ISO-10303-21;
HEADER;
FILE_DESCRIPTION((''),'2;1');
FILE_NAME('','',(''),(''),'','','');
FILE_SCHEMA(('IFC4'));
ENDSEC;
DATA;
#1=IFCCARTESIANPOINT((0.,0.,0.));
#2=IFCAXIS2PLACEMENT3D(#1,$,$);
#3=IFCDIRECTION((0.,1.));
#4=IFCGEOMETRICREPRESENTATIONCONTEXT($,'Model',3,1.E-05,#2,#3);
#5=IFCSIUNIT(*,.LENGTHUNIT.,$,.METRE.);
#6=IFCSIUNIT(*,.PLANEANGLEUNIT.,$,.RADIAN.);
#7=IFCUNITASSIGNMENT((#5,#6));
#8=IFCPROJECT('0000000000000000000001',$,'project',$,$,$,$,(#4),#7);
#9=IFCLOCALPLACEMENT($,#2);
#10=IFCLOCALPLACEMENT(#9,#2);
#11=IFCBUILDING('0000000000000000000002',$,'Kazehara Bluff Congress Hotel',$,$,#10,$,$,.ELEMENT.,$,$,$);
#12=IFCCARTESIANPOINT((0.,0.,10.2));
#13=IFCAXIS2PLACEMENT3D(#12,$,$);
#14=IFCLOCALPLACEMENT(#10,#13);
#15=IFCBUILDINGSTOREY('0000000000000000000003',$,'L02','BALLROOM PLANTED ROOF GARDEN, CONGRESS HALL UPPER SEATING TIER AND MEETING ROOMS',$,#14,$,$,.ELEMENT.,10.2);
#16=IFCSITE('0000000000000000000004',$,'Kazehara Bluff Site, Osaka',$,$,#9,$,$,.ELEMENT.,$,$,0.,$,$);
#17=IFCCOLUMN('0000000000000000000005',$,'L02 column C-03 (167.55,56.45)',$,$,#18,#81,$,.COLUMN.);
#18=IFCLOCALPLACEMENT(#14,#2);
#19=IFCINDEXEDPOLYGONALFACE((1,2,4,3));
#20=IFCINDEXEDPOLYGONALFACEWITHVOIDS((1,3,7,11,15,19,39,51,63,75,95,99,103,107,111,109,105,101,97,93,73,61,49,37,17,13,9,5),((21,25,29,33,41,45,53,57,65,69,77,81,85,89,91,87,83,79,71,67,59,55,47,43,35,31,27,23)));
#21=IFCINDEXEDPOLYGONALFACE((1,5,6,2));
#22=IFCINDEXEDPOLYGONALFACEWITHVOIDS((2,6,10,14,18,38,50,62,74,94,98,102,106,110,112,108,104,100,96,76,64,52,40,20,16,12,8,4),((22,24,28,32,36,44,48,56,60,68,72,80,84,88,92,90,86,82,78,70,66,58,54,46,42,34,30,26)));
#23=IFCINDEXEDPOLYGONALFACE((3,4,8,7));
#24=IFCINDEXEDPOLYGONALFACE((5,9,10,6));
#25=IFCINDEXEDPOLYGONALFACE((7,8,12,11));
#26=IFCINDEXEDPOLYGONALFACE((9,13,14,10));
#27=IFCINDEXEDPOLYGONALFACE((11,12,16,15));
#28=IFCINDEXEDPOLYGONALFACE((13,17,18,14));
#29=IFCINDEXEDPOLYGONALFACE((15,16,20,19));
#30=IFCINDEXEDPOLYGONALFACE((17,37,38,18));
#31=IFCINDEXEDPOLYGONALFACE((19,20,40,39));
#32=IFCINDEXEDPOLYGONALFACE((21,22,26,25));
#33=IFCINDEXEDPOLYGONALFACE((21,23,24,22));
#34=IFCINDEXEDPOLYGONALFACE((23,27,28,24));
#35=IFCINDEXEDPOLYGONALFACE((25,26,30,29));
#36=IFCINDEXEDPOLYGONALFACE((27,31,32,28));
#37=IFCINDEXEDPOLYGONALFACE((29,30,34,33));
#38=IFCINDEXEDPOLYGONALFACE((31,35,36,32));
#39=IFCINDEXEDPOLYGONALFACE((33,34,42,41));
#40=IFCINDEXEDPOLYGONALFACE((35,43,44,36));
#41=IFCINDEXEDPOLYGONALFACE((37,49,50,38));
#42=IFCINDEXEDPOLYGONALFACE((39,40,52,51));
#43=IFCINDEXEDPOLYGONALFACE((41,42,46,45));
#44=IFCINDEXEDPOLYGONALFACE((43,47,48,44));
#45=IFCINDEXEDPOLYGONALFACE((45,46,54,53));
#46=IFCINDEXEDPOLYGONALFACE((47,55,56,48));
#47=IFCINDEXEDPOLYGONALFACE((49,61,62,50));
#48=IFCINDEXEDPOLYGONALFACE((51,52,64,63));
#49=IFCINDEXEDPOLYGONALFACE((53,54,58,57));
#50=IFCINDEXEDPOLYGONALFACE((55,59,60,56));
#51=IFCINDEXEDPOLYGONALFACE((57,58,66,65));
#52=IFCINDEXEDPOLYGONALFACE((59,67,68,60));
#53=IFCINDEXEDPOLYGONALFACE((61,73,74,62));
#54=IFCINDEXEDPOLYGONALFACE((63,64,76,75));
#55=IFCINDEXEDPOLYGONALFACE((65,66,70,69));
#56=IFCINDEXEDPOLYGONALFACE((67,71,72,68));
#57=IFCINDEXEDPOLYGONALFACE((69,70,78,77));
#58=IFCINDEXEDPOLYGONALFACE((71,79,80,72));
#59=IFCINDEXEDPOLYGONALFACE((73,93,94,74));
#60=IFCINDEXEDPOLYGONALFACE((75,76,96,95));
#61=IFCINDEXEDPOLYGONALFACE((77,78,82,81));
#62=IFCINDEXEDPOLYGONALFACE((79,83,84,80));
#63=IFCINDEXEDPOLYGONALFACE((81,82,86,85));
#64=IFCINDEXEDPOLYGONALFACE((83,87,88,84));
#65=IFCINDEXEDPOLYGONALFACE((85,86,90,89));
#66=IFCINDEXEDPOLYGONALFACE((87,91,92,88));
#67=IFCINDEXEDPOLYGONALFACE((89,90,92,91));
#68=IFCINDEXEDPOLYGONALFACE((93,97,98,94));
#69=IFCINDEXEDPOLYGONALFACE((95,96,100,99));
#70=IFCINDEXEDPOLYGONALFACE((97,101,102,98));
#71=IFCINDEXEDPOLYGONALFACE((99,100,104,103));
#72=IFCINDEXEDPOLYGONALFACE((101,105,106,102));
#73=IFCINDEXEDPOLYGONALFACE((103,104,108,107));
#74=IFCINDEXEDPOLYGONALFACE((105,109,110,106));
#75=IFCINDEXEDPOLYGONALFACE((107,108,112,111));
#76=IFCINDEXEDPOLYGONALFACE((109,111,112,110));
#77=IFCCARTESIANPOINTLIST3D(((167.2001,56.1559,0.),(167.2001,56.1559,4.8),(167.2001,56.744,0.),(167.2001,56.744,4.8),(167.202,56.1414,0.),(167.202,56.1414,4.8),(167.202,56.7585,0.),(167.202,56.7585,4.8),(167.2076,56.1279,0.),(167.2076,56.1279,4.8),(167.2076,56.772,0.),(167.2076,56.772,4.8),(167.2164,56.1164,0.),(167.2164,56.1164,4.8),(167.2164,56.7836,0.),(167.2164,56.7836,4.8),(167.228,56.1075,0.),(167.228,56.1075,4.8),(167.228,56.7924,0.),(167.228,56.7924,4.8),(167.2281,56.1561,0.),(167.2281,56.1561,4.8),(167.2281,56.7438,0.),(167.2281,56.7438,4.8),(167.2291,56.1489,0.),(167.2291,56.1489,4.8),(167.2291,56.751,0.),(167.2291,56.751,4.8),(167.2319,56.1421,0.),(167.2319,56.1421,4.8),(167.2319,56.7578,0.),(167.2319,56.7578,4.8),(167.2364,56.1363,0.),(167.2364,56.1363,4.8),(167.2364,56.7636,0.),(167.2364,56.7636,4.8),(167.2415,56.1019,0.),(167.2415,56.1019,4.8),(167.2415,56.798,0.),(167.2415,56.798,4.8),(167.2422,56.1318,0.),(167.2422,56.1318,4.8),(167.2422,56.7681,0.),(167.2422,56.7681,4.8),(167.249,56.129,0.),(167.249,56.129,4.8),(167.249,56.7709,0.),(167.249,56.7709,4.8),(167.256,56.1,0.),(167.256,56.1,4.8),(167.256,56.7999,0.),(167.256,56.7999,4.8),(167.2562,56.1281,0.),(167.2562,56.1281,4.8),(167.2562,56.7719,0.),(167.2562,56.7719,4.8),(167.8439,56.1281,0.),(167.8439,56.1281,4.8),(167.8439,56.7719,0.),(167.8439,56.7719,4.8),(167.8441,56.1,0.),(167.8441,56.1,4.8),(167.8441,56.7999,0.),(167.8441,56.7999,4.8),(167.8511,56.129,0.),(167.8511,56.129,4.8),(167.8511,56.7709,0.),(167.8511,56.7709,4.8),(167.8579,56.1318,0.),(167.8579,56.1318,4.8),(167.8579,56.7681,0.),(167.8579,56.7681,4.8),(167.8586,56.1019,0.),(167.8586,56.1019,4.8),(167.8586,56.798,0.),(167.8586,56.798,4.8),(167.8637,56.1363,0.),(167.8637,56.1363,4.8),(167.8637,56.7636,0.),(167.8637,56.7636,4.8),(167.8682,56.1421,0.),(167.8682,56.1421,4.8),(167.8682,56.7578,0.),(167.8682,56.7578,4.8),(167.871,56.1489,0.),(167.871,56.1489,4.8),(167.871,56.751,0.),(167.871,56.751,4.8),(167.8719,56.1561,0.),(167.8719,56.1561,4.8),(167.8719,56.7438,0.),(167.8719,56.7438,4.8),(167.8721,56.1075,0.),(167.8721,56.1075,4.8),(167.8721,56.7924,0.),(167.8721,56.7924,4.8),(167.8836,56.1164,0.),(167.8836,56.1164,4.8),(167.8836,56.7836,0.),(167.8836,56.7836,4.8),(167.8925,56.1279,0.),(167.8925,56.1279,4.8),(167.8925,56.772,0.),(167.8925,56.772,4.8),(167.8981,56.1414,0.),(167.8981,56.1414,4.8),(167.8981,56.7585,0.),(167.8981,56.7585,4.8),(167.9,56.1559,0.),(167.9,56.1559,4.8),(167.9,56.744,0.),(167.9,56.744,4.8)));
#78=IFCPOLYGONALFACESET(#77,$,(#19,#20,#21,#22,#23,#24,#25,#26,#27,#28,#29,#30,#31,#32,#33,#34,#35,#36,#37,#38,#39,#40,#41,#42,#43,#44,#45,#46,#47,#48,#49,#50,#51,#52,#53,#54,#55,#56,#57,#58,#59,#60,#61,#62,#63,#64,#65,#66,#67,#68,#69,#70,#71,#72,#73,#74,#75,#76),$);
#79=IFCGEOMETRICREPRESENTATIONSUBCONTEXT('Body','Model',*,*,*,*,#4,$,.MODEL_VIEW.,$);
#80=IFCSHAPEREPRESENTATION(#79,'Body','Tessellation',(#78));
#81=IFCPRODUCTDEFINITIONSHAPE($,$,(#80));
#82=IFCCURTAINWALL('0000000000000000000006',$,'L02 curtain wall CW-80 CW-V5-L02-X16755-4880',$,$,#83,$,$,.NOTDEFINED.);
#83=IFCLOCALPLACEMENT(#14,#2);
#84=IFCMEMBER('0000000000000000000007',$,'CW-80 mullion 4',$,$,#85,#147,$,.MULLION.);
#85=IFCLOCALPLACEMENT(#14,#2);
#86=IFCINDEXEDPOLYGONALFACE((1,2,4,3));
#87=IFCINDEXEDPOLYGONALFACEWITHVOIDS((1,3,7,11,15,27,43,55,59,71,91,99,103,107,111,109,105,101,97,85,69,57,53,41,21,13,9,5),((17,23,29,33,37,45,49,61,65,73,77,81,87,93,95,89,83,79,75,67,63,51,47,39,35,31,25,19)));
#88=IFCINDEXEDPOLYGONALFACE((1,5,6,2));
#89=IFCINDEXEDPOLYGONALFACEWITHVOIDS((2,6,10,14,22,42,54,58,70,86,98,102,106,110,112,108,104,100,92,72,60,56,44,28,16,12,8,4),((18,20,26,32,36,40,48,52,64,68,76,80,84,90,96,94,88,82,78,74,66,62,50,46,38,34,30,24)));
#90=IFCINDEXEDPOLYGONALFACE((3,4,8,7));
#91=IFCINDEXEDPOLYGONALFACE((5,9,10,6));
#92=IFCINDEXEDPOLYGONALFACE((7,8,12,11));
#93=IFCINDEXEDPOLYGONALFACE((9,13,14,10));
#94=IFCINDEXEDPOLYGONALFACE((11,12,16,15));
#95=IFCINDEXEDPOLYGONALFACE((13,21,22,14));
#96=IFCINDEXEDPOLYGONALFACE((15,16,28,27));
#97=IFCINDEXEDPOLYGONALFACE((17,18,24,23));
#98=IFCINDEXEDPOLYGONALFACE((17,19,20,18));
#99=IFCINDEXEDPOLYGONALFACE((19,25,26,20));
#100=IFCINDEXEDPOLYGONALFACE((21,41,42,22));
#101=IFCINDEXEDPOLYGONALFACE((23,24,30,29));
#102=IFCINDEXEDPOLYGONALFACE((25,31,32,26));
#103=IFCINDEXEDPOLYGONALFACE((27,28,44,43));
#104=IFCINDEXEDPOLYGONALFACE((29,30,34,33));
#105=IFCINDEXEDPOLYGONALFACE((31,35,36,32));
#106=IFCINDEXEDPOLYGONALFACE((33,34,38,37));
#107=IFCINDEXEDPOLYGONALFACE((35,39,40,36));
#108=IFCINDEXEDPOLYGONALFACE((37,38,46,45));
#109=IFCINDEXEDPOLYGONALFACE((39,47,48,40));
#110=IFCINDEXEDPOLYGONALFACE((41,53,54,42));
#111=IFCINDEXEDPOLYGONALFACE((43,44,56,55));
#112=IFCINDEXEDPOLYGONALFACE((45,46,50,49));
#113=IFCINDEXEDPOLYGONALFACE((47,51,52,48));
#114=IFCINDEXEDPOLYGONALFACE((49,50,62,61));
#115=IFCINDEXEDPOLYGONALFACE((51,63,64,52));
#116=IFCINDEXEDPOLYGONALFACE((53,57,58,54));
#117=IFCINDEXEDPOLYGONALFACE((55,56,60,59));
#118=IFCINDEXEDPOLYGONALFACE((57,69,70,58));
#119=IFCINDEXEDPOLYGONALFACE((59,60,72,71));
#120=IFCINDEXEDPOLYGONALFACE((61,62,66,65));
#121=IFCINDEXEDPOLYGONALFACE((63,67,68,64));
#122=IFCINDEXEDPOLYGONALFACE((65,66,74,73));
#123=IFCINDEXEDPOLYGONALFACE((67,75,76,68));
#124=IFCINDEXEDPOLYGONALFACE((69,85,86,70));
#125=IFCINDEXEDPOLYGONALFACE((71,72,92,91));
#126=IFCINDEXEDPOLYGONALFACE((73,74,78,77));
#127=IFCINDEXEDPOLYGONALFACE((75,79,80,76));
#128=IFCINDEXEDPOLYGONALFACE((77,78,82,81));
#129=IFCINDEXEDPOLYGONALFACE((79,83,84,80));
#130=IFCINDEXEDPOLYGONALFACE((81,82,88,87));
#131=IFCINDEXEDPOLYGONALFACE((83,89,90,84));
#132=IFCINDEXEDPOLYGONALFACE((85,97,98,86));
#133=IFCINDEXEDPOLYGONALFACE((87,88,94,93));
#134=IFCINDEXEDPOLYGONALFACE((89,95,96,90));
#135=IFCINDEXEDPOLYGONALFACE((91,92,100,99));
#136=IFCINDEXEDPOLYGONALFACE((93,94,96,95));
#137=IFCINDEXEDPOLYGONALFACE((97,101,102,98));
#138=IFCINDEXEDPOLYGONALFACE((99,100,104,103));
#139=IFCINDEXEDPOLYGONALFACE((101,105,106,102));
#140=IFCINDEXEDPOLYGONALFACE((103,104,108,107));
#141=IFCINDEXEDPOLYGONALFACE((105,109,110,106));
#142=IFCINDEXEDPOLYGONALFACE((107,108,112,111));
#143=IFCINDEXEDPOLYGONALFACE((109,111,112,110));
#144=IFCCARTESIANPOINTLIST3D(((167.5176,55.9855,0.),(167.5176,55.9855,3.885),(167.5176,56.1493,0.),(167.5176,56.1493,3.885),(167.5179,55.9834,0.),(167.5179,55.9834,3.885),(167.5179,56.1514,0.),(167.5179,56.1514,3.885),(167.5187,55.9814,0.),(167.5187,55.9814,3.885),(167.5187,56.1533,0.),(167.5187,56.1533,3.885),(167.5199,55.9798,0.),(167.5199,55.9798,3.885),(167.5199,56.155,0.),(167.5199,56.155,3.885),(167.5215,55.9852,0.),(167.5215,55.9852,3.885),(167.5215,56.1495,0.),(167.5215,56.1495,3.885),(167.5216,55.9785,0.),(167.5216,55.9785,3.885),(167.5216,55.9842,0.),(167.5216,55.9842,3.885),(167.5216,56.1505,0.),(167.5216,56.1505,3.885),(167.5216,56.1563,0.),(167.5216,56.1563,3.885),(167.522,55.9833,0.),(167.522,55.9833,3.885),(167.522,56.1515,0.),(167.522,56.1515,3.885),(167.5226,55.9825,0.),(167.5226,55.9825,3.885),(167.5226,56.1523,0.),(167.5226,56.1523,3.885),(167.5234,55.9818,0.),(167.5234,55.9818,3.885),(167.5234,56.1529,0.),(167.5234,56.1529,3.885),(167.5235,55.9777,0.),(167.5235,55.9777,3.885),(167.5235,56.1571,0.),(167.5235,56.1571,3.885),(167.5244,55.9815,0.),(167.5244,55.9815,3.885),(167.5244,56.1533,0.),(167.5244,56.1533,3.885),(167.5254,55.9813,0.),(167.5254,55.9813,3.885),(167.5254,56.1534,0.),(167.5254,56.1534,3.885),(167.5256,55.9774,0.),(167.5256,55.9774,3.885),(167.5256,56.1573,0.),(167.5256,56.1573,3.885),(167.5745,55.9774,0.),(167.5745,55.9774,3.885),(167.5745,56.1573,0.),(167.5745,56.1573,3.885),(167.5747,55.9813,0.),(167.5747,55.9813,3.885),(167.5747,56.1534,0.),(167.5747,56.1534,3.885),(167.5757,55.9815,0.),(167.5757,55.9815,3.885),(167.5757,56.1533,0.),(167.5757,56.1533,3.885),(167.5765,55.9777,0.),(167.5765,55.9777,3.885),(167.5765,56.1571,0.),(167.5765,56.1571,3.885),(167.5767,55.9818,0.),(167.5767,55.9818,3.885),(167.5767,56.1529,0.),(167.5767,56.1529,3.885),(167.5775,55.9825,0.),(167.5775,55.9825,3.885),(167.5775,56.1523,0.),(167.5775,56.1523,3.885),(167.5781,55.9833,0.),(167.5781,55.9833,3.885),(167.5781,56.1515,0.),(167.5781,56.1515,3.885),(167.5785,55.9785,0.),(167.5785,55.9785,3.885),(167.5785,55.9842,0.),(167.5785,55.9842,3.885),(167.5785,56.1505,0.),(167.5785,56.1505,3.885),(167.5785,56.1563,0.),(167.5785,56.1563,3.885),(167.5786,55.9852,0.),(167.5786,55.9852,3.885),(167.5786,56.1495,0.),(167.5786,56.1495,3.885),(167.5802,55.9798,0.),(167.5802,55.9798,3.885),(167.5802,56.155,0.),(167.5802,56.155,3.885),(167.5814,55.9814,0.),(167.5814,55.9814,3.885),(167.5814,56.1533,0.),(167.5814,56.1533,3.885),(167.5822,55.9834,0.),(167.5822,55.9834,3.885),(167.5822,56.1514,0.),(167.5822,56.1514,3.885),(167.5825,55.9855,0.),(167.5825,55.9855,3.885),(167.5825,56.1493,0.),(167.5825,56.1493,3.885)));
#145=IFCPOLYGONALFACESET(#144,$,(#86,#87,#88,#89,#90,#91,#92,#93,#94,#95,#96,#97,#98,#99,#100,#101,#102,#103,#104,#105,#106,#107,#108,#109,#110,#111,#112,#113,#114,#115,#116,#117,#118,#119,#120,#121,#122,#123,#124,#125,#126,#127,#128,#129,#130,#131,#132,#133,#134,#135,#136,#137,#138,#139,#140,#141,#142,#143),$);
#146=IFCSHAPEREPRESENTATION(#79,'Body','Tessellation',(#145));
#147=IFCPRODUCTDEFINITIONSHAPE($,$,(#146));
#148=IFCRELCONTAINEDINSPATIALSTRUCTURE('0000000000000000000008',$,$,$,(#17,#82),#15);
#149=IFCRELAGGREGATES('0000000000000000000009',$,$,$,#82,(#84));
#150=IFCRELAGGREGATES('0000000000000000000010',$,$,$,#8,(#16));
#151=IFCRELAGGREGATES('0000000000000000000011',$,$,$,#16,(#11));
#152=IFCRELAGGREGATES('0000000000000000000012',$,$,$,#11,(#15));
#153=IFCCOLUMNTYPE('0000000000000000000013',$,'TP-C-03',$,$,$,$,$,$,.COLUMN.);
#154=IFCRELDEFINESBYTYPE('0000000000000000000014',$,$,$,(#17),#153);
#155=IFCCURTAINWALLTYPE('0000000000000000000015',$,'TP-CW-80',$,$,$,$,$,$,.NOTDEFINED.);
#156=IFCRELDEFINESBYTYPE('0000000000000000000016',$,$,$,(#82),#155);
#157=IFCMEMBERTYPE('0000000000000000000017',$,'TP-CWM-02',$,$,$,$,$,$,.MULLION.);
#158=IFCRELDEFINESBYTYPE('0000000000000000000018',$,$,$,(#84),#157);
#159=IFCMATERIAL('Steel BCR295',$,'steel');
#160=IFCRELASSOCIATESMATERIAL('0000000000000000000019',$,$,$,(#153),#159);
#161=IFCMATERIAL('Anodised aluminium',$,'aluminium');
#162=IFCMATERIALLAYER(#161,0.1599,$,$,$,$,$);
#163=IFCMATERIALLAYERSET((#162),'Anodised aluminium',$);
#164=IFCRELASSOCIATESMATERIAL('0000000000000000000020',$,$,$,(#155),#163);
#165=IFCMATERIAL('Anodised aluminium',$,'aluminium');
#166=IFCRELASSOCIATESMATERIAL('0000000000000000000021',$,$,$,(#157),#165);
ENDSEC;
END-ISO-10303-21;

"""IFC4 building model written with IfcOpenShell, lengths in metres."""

from ifc_helpers import new_model, si_unit, direction, frame, origin, origin_2d, place, context, subcontext, project, spatial, hollow_rectangle, extrude, material, layer, layer_set, material_profile, profile_set, type_object, element, aggregate, save


model = new_model("IFC4")

# Units and contexts
model_context = context("Model", 3, precision=1e-05, world=origin(), true_north=direction((0.0, 1.0)))
body_context = subcontext(model_context, "Body", "Model", "MODEL_VIEW")
ifc_project = project(units=[si_unit("LENGTHUNIT", "METRE"), si_unit("PLANEANGLEUNIT", "RADIAN")], contexts=[model_context])

# Site, building, storey
site_placement = place(None, origin())
site = spatial("IfcSite", under=ifc_project, at=site_placement, Name="Kazehara Bluff Site, Osaka", CompositionType="ELEMENT", RefElevation=0.0)
building_placement = place(site_placement, origin())
building = spatial("IfcBuilding", under=site, at=building_placement, Name="Kazehara Bluff Congress Hotel", CompositionType="ELEMENT")
storey_placement = place(building_placement, frame((0.0, 0.0, 10.2)))
storey = spatial("IfcBuildingStorey", under=building, at=storey_placement, Name="L02", Description="BALLROOM PLANTED ROOF GARDEN, CONGRESS HALL UPPER SEATING TIER AND MEETING ROOMS", CompositionType="ELEMENT", Elevation=10.2)

# Column
ifc_material_1 = material(Name="Steel BCR295", Category="steel")
ifc_material_profile_1 = material_profile(ifc_material_1, hollow_rectangle(XDim=0.7, YDim=0.7, WallThickness=0.0281, InnerFilletRadius=0.0281, OuterFilletRadius=0.0559, at=origin_2d()))
ifc_profile_set_1 = profile_set([ifc_material_profile_1], Name="Steel BCR295")
column_type = type_object("IfcColumnType", Name="TP-C-03", PredefinedType="COLUMN", material=ifc_profile_set_1)
column_placement = place(storey_placement, frame((167.55, 56.45, 0.0), z_axis=(0.0, 0.0, 1.0), x_axis=(1.0, 0.0, 0.0)))
element("IfcColumn", 1, at=column_placement, inside=storey, type_object=column_type, Name="L02 column C-03 (167.55,56.45)", PredefinedType="COLUMN", context=body_context, shape_type="SweptSolid", body=[
    extrude(hollow_rectangle(XDim=0.7, YDim=0.7, WallThickness=0.0281, InnerFilletRadius=0.0281, OuterFilletRadius=0.0559, at=origin_2d()), origin(), (0.0, 0.0, 1.0), 4.8),
])

# Curtain wall, member
ifc_material_2 = material(Name="Anodised aluminium", Category="aluminium")
ifc_layer_1 = layer(ifc_material_2, 0.1599)
ifc_layer_set_1 = layer_set([ifc_layer_1], Name="Anodised aluminium")
curtain_wall_type = type_object("IfcCurtainWallType", Name="TP-CW-80", PredefinedType="NOTDEFINED", material=ifc_layer_set_1)
curtain_wall_1_placement = place(storey_placement, origin())
curtain_wall_1 = element("IfcCurtainWall", 2, at=curtain_wall_1_placement, inside=storey, type_object=curtain_wall_type, Name="L02 curtain wall CW-80 CW-V5-L02-X16755-4880", PredefinedType="NOTDEFINED")
ifc_material_3 = material(Name="Anodised aluminium", Category="aluminium")
ifc_material_profile_2 = material_profile(ifc_material_3, hollow_rectangle(XDim=0.0649, YDim=0.1799, WallThickness=0.0039, InnerFilletRadius=0.0039, OuterFilletRadius=0.0081, at=origin_2d()))
ifc_profile_set_2 = profile_set([ifc_material_profile_2], Name="Anodised aluminium")
member_type_1 = type_object("IfcMemberType", Name="TP-CWM-02", PredefinedType="MULLION", material=ifc_profile_set_2)
member_1_placement = place(storey_placement, frame((167.55, 56.0674, 0.0), z_axis=(0.0, 0.0, 1.0), x_axis=(-1.0, 0.0, 0.0)))
member_1 = element("IfcMember", 3, at=member_1_placement, type_object=member_type_1, Name="CW-80 mullion 4", PredefinedType="MULLION", context=body_context, shape_type="SweptSolid", body=[
    extrude(hollow_rectangle(XDim=0.0649, YDim=0.1799, WallThickness=0.0039, InnerFilletRadius=0.0039, OuterFilletRadius=0.0081, at=origin_2d()), origin(), (0.0, 0.0, 1.0), 3.885),
])

aggregate(curtain_wall_1, [member_1])

save(model, "model.ifc")
